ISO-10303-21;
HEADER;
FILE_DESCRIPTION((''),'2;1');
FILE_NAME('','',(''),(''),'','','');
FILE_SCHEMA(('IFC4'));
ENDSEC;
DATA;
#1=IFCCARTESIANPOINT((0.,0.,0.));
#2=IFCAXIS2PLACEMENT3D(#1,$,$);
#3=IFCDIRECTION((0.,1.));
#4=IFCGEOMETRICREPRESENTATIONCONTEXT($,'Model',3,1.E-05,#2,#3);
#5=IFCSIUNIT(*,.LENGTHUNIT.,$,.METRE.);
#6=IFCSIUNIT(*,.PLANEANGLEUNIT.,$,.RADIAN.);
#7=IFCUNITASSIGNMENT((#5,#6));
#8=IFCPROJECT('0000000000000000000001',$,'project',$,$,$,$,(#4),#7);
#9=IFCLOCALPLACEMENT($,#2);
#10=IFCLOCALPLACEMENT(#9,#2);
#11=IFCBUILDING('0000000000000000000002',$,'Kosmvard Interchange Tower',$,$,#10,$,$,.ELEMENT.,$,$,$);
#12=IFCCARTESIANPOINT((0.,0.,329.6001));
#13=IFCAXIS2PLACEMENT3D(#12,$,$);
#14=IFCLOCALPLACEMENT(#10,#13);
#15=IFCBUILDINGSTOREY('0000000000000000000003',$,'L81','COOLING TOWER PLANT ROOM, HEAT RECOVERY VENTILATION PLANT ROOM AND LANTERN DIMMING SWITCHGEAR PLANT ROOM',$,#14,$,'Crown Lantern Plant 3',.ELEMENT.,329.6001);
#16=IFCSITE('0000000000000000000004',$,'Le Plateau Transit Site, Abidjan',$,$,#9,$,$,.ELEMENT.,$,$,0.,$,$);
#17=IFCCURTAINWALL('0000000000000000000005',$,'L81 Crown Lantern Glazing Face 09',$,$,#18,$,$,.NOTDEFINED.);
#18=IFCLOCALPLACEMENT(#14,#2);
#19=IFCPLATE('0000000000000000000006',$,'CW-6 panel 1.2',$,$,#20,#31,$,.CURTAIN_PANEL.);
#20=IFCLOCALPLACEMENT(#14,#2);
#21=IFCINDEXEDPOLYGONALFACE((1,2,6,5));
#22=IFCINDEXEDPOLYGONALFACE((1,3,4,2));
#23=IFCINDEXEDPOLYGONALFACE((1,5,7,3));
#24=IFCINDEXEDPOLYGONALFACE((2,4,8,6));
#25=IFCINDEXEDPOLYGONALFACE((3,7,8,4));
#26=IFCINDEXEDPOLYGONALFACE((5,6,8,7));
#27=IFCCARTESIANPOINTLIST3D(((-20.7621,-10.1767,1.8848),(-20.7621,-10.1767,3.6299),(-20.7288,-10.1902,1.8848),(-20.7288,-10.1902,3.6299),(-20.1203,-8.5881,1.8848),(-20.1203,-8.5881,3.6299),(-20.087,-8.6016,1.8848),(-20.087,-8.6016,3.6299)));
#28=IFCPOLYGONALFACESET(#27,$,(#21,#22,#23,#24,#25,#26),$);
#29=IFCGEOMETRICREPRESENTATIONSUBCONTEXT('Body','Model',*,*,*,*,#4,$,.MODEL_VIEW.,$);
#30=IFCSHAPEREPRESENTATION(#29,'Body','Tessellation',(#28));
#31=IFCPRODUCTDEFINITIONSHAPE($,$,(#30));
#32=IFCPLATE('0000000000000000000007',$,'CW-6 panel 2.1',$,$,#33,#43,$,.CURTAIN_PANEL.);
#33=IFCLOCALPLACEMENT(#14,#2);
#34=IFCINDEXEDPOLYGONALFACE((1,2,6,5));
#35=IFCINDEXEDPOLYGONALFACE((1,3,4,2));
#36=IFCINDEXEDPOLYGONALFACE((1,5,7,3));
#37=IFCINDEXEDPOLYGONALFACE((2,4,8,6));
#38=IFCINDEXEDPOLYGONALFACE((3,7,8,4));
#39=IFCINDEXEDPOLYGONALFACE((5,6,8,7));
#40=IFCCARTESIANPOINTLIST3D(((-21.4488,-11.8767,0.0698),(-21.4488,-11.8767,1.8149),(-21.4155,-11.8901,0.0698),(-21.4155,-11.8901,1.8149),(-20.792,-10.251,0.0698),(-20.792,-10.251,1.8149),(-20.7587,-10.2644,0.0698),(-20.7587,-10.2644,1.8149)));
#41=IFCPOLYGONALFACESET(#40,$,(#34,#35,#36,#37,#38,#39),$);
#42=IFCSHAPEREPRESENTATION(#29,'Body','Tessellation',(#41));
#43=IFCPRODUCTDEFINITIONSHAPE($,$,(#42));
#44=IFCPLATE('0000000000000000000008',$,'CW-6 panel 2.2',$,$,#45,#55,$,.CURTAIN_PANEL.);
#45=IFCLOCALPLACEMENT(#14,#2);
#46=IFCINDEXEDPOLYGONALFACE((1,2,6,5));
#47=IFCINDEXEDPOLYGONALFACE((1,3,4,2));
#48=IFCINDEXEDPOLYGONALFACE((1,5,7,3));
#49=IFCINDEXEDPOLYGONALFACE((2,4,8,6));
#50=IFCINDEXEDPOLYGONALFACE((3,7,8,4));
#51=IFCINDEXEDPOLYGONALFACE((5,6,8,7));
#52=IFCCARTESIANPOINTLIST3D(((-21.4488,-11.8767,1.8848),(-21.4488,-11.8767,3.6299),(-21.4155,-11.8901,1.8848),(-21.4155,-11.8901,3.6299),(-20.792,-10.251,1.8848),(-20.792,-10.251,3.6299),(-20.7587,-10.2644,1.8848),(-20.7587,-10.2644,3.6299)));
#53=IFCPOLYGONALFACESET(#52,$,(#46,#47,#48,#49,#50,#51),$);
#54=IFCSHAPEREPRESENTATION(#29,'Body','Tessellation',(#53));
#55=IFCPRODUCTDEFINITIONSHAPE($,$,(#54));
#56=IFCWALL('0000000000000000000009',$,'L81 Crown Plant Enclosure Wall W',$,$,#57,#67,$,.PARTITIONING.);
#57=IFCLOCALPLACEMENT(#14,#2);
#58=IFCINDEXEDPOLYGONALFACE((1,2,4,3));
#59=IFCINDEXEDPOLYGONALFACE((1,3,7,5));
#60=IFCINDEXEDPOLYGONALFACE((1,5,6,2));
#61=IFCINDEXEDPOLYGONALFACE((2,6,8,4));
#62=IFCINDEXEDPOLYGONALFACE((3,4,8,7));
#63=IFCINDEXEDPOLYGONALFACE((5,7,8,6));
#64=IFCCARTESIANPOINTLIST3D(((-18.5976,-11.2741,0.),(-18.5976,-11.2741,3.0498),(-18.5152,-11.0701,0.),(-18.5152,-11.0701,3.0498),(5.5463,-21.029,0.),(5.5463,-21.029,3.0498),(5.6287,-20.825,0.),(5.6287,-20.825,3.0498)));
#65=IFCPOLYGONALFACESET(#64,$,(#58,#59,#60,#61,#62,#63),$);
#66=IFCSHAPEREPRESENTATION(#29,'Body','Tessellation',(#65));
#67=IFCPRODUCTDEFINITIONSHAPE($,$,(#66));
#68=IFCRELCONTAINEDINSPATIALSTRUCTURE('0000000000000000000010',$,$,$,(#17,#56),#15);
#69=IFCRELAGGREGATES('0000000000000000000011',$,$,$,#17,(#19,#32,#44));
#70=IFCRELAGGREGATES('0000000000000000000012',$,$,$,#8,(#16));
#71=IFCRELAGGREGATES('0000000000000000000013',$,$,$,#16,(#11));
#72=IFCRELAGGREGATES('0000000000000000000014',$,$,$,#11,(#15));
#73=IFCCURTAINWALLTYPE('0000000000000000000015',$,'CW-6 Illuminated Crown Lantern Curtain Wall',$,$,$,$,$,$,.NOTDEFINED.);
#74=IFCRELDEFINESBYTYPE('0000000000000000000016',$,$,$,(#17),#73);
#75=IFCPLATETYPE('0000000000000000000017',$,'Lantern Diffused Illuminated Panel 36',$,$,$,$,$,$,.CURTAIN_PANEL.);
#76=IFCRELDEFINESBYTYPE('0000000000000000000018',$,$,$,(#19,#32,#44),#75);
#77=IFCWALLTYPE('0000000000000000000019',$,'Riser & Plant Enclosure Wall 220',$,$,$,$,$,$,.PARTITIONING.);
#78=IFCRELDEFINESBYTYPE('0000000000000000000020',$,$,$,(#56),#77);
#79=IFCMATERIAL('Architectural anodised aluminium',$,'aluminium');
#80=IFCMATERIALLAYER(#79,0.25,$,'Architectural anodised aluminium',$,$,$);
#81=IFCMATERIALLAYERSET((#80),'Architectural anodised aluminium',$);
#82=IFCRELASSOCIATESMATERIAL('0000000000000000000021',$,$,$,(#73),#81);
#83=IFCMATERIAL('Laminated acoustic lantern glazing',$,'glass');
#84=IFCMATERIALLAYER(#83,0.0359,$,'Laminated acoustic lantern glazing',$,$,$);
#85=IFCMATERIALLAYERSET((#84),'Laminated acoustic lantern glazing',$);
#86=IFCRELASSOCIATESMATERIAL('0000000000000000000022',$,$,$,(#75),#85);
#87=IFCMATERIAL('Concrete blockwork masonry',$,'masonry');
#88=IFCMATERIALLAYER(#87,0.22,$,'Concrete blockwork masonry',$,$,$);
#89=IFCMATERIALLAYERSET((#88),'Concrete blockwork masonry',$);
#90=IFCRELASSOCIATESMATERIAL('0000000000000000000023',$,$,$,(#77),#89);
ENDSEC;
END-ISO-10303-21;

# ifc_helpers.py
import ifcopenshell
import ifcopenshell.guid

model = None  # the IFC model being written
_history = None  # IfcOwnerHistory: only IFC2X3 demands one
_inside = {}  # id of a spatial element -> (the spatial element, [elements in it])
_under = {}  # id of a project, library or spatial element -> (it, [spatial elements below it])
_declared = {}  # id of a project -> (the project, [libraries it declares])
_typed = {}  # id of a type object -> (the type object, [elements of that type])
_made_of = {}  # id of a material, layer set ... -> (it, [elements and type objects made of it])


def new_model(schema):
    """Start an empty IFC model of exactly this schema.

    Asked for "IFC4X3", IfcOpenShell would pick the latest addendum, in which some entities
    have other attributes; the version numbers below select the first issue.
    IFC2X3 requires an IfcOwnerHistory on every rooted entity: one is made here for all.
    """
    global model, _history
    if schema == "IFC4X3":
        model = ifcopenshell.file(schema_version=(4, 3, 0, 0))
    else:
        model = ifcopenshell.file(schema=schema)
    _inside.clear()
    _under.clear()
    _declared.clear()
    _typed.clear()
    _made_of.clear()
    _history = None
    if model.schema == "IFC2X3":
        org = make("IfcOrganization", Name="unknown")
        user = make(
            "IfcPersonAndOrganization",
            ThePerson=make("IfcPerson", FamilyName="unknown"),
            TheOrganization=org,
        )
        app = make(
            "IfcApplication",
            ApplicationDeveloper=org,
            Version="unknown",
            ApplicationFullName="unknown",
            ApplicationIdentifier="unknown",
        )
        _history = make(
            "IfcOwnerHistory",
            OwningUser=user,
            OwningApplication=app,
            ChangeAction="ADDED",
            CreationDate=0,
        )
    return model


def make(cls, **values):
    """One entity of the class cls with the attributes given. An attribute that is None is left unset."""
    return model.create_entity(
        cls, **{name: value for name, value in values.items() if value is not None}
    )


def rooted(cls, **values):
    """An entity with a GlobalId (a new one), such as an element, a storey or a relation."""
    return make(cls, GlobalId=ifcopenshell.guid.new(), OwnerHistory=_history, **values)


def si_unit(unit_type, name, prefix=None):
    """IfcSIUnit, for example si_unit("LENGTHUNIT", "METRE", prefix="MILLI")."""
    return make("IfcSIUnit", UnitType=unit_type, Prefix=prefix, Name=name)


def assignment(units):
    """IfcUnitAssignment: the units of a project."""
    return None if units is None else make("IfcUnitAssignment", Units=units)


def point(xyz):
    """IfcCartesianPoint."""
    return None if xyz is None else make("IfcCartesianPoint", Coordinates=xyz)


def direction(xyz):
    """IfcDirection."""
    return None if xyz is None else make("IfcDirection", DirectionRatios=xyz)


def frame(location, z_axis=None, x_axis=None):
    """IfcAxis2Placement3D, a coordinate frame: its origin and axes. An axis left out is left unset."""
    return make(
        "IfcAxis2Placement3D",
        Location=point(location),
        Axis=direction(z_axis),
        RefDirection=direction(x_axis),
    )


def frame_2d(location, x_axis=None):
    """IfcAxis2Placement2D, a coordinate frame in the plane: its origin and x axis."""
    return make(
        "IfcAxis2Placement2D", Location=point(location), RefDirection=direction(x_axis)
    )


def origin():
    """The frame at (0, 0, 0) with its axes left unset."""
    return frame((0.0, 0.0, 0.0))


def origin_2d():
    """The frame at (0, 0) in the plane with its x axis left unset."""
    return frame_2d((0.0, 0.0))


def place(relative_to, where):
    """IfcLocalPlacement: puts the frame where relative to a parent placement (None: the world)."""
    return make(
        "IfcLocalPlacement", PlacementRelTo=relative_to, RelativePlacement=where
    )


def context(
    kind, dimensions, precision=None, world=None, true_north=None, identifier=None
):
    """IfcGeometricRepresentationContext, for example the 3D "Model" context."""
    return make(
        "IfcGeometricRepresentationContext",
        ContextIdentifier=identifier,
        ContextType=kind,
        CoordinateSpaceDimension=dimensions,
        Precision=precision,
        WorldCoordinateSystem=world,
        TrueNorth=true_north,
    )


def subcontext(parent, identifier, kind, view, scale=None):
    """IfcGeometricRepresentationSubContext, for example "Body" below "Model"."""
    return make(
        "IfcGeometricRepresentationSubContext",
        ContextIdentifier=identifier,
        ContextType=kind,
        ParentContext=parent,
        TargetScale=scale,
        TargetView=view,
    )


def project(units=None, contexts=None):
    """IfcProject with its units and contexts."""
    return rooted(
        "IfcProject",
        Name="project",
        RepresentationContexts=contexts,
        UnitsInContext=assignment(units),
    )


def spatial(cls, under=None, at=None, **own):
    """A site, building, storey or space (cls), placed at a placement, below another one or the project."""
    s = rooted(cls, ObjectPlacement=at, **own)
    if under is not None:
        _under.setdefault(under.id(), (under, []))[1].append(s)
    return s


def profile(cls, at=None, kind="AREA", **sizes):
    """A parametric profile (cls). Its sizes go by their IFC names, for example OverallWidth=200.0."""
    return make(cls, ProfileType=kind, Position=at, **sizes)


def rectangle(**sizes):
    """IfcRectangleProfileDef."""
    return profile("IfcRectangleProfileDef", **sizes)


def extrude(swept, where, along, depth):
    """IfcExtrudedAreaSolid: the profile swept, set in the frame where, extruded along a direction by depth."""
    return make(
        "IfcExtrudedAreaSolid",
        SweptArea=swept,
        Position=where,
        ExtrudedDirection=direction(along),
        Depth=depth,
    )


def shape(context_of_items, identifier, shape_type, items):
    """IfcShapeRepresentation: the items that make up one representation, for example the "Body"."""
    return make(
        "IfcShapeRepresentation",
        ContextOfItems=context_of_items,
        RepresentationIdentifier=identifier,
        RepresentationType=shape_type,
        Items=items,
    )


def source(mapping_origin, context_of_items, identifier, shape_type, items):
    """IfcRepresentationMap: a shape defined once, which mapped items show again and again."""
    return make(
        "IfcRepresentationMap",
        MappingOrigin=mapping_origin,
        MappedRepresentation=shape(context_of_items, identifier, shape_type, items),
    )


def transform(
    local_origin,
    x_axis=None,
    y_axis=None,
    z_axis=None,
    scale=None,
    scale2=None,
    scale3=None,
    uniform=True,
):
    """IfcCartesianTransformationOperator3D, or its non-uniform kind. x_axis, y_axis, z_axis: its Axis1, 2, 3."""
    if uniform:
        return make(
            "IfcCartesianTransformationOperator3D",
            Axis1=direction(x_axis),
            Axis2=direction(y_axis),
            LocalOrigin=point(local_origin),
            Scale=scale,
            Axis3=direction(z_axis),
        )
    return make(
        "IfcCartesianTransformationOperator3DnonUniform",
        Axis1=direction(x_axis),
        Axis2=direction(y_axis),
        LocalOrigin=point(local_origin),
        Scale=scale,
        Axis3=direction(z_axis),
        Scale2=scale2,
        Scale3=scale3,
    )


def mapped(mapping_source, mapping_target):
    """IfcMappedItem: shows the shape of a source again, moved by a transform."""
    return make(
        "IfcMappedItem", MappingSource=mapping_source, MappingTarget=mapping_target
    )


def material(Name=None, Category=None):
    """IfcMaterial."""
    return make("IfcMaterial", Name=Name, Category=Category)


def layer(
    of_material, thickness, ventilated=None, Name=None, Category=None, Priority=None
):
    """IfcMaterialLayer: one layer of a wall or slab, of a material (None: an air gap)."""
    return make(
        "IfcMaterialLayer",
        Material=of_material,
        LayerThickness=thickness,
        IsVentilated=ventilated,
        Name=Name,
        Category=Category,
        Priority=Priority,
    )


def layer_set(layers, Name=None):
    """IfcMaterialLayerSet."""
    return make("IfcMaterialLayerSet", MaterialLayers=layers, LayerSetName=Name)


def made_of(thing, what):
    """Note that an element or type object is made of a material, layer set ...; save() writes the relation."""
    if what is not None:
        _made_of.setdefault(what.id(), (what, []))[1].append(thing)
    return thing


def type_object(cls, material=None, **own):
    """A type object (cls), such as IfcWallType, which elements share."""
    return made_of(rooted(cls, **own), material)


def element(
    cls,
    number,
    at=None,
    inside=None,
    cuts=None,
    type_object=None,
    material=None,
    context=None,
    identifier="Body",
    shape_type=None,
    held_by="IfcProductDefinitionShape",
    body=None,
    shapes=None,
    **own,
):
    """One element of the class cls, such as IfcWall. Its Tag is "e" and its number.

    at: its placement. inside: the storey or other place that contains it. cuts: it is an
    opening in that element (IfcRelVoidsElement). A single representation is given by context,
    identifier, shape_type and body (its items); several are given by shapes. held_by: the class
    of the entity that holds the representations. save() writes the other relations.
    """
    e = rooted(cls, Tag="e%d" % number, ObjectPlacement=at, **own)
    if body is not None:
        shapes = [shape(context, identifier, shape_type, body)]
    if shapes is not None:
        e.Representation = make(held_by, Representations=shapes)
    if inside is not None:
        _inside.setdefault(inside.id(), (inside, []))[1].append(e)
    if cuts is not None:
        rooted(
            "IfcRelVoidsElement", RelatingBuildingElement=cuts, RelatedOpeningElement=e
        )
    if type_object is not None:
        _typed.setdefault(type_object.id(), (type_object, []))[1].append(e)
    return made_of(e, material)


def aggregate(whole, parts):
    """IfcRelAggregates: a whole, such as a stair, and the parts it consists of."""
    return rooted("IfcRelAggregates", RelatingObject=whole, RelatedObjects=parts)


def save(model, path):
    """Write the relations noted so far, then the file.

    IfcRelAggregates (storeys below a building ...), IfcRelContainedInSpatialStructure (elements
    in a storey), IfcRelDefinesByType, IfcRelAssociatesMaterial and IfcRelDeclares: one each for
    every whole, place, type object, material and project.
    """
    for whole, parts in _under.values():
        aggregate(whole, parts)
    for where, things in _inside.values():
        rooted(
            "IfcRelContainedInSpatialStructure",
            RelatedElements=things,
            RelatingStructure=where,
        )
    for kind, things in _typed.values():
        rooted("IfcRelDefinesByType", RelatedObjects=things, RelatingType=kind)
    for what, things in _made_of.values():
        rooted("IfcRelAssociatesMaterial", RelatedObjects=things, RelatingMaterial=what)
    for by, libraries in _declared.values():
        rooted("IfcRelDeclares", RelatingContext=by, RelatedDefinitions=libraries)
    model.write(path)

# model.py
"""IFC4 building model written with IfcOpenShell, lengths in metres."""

from ifc_helpers import new_model, si_unit, direction, frame, frame_2d, origin, origin_2d, place, context, subcontext, project, spatial, rectangle, extrude, source, transform, mapped, material, layer, layer_set, type_object, element, aggregate, save


model = new_model("IFC4")

# Units and contexts
model_context = context("Model", 3, precision=1e-05, world=origin(), true_north=direction((0.0, 1.0)))
body_context = subcontext(model_context, "Body", "Model", "MODEL_VIEW")
ifc_project = project(units=[si_unit("LENGTHUNIT", "METRE"), si_unit("PLANEANGLEUNIT", "RADIAN")], contexts=[model_context])

# Site, building, storey
site_placement = place(None, origin())
site = spatial("IfcSite", under=ifc_project, at=site_placement, Name="Le Plateau Transit Site, Abidjan", CompositionType="ELEMENT", RefElevation=0.0)
building_placement = place(site_placement, origin())
building = spatial("IfcBuilding", under=site, at=building_placement, Name="Kosmvard Interchange Tower", CompositionType="ELEMENT")
storey_placement = place(building_placement, frame((0.0, 0.0, 329.6001)))
storey = spatial("IfcBuildingStorey", under=building, at=storey_placement, Name="L81", Description="COOLING TOWER PLANT ROOM, HEAT RECOVERY VENTILATION PLANT ROOM AND LANTERN DIMMING SWITCHGEAR PLANT ROOM", LongName="Crown Lantern Plant 3", CompositionType="ELEMENT", Elevation=329.6001)

# Shared definitions
ifc_material_1 = material(Name="Architectural anodised aluminium", Category="aluminium")
ifc_layer_1 = layer(ifc_material_1, 0.25, Name="Architectural anodised aluminium")
ifc_layer_set_1 = layer_set([ifc_layer_1], Name="Architectural anodised aluminium")
curtain_wall_type = type_object("IfcCurtainWallType", Name="CW-6 Illuminated Crown Lantern Curtain Wall", PredefinedType="NOTDEFINED", material=ifc_layer_set_1)

# Curtain wall
curtain_wall_1_placement = place(storey_placement, origin())
curtain_wall_1 = element("IfcCurtainWall", 1, at=curtain_wall_1_placement, inside=storey, type_object=curtain_wall_type, Name="L81 Crown Lantern Glazing Face 09", PredefinedType="NOTDEFINED")

# Plates
ifc_material_2 = material(Name="Laminated acoustic lantern glazing", Category="glass")
ifc_layer_2 = layer(ifc_material_2, 0.0359, Name="Laminated acoustic lantern glazing")
ifc_layer_set_2 = layer_set([ifc_layer_2], Name="Laminated acoustic lantern glazing")
plate_type_1 = type_object("IfcPlateType", Name="Lantern Diffused Illuminated Panel 36", PredefinedType="CURTAIN_PANEL", material=ifc_layer_set_2)
shared_shape_1 = source(origin(), body_context, "Body", "SweptSolid", [
    extrude(rectangle(XDim=1.7134, YDim=0.0359, at=origin_2d()), origin(), (0.0, 0.0, 1.0), 1.7451),
])
plate_1_placement = place(storey_placement, frame((-20.4246, -9.3892, 1.8848), z_axis=(0.0, 0.0, 1.0), x_axis=(-0.374607, -0.927184, 0.0)))
plate_1 = element("IfcPlate", 2, at=plate_1_placement, type_object=plate_type_1, Name="CW-6 panel 1.2", PredefinedType="CURTAIN_PANEL", context=body_context, shape_type="MappedRepresentation", body=[
    mapped(shared_shape_1, transform((0.0, 0.0, 0.0), scale=1.0)),
])
shared_shape_2 = source(origin(), body_context, "Body", "SweptSolid", [
    extrude(rectangle(XDim=1.7534, YDim=0.0359, at=origin_2d()), origin(), (0.0, 0.0, 1.0), 1.7451),
])
plate_2_placement = place(storey_placement, frame((-21.1038, -11.0706, 0.0698), z_axis=(0.0, 0.0, 1.0), x_axis=(-0.374607, -0.927184, 0.0)))
plate_2 = element("IfcPlate", 3, at=plate_2_placement, type_object=plate_type_1, Name="CW-6 panel 2.1", PredefinedType="CURTAIN_PANEL", context=body_context, shape_type="MappedRepresentation", body=[
    mapped(shared_shape_2, transform((0.0, 0.0, 0.0), scale=1.0)),
])
plate_3_placement = place(storey_placement, frame((-21.1038, -11.0706, 1.8848), z_axis=(0.0, 0.0, 1.0), x_axis=(-0.374607, -0.927184, 0.0)))
plate_3 = element("IfcPlate", 4, at=plate_3_placement, type_object=plate_type_1, Name="CW-6 panel 2.2", PredefinedType="CURTAIN_PANEL", context=body_context, shape_type="MappedRepresentation", body=[
    mapped(shared_shape_2, transform((0.0, 0.0, 0.0), scale=1.0)),
])
aggregate(curtain_wall_1, [plate_1, plate_2, plate_3])

# Wall
ifc_material_3 = material(Name="Concrete blockwork masonry", Category="masonry")
ifc_layer_3 = layer(ifc_material_3, 0.22, Name="Concrete blockwork masonry")
ifc_layer_set_3 = layer_set([ifc_layer_3], Name="Concrete blockwork masonry")
wall_type = type_object("IfcWallType", Name="Riser & Plant Enclosure Wall 220", PredefinedType="PARTITIONING", material=ifc_layer_set_3)
wall_placement = place(storey_placement, frame((-18.5564, -11.1721, 0.0), z_axis=(0.0, 0.0, 1.0), x_axis=(0.927182, -0.374612, 0.0)))
element("IfcWall", 5, at=wall_placement, inside=storey, type_object=wall_type, Name="L81 Crown Plant Enclosure Wall W", PredefinedType="PARTITIONING", context=body_context, shape_type="SweptSolid", body=[
    extrude(rectangle(XDim=26.04, YDim=0.22, at=frame_2d((13.02, 0.0))), origin(), (0.0, 0.0, 1.0), 3.0498),
])

save(model, "model.ifc")
